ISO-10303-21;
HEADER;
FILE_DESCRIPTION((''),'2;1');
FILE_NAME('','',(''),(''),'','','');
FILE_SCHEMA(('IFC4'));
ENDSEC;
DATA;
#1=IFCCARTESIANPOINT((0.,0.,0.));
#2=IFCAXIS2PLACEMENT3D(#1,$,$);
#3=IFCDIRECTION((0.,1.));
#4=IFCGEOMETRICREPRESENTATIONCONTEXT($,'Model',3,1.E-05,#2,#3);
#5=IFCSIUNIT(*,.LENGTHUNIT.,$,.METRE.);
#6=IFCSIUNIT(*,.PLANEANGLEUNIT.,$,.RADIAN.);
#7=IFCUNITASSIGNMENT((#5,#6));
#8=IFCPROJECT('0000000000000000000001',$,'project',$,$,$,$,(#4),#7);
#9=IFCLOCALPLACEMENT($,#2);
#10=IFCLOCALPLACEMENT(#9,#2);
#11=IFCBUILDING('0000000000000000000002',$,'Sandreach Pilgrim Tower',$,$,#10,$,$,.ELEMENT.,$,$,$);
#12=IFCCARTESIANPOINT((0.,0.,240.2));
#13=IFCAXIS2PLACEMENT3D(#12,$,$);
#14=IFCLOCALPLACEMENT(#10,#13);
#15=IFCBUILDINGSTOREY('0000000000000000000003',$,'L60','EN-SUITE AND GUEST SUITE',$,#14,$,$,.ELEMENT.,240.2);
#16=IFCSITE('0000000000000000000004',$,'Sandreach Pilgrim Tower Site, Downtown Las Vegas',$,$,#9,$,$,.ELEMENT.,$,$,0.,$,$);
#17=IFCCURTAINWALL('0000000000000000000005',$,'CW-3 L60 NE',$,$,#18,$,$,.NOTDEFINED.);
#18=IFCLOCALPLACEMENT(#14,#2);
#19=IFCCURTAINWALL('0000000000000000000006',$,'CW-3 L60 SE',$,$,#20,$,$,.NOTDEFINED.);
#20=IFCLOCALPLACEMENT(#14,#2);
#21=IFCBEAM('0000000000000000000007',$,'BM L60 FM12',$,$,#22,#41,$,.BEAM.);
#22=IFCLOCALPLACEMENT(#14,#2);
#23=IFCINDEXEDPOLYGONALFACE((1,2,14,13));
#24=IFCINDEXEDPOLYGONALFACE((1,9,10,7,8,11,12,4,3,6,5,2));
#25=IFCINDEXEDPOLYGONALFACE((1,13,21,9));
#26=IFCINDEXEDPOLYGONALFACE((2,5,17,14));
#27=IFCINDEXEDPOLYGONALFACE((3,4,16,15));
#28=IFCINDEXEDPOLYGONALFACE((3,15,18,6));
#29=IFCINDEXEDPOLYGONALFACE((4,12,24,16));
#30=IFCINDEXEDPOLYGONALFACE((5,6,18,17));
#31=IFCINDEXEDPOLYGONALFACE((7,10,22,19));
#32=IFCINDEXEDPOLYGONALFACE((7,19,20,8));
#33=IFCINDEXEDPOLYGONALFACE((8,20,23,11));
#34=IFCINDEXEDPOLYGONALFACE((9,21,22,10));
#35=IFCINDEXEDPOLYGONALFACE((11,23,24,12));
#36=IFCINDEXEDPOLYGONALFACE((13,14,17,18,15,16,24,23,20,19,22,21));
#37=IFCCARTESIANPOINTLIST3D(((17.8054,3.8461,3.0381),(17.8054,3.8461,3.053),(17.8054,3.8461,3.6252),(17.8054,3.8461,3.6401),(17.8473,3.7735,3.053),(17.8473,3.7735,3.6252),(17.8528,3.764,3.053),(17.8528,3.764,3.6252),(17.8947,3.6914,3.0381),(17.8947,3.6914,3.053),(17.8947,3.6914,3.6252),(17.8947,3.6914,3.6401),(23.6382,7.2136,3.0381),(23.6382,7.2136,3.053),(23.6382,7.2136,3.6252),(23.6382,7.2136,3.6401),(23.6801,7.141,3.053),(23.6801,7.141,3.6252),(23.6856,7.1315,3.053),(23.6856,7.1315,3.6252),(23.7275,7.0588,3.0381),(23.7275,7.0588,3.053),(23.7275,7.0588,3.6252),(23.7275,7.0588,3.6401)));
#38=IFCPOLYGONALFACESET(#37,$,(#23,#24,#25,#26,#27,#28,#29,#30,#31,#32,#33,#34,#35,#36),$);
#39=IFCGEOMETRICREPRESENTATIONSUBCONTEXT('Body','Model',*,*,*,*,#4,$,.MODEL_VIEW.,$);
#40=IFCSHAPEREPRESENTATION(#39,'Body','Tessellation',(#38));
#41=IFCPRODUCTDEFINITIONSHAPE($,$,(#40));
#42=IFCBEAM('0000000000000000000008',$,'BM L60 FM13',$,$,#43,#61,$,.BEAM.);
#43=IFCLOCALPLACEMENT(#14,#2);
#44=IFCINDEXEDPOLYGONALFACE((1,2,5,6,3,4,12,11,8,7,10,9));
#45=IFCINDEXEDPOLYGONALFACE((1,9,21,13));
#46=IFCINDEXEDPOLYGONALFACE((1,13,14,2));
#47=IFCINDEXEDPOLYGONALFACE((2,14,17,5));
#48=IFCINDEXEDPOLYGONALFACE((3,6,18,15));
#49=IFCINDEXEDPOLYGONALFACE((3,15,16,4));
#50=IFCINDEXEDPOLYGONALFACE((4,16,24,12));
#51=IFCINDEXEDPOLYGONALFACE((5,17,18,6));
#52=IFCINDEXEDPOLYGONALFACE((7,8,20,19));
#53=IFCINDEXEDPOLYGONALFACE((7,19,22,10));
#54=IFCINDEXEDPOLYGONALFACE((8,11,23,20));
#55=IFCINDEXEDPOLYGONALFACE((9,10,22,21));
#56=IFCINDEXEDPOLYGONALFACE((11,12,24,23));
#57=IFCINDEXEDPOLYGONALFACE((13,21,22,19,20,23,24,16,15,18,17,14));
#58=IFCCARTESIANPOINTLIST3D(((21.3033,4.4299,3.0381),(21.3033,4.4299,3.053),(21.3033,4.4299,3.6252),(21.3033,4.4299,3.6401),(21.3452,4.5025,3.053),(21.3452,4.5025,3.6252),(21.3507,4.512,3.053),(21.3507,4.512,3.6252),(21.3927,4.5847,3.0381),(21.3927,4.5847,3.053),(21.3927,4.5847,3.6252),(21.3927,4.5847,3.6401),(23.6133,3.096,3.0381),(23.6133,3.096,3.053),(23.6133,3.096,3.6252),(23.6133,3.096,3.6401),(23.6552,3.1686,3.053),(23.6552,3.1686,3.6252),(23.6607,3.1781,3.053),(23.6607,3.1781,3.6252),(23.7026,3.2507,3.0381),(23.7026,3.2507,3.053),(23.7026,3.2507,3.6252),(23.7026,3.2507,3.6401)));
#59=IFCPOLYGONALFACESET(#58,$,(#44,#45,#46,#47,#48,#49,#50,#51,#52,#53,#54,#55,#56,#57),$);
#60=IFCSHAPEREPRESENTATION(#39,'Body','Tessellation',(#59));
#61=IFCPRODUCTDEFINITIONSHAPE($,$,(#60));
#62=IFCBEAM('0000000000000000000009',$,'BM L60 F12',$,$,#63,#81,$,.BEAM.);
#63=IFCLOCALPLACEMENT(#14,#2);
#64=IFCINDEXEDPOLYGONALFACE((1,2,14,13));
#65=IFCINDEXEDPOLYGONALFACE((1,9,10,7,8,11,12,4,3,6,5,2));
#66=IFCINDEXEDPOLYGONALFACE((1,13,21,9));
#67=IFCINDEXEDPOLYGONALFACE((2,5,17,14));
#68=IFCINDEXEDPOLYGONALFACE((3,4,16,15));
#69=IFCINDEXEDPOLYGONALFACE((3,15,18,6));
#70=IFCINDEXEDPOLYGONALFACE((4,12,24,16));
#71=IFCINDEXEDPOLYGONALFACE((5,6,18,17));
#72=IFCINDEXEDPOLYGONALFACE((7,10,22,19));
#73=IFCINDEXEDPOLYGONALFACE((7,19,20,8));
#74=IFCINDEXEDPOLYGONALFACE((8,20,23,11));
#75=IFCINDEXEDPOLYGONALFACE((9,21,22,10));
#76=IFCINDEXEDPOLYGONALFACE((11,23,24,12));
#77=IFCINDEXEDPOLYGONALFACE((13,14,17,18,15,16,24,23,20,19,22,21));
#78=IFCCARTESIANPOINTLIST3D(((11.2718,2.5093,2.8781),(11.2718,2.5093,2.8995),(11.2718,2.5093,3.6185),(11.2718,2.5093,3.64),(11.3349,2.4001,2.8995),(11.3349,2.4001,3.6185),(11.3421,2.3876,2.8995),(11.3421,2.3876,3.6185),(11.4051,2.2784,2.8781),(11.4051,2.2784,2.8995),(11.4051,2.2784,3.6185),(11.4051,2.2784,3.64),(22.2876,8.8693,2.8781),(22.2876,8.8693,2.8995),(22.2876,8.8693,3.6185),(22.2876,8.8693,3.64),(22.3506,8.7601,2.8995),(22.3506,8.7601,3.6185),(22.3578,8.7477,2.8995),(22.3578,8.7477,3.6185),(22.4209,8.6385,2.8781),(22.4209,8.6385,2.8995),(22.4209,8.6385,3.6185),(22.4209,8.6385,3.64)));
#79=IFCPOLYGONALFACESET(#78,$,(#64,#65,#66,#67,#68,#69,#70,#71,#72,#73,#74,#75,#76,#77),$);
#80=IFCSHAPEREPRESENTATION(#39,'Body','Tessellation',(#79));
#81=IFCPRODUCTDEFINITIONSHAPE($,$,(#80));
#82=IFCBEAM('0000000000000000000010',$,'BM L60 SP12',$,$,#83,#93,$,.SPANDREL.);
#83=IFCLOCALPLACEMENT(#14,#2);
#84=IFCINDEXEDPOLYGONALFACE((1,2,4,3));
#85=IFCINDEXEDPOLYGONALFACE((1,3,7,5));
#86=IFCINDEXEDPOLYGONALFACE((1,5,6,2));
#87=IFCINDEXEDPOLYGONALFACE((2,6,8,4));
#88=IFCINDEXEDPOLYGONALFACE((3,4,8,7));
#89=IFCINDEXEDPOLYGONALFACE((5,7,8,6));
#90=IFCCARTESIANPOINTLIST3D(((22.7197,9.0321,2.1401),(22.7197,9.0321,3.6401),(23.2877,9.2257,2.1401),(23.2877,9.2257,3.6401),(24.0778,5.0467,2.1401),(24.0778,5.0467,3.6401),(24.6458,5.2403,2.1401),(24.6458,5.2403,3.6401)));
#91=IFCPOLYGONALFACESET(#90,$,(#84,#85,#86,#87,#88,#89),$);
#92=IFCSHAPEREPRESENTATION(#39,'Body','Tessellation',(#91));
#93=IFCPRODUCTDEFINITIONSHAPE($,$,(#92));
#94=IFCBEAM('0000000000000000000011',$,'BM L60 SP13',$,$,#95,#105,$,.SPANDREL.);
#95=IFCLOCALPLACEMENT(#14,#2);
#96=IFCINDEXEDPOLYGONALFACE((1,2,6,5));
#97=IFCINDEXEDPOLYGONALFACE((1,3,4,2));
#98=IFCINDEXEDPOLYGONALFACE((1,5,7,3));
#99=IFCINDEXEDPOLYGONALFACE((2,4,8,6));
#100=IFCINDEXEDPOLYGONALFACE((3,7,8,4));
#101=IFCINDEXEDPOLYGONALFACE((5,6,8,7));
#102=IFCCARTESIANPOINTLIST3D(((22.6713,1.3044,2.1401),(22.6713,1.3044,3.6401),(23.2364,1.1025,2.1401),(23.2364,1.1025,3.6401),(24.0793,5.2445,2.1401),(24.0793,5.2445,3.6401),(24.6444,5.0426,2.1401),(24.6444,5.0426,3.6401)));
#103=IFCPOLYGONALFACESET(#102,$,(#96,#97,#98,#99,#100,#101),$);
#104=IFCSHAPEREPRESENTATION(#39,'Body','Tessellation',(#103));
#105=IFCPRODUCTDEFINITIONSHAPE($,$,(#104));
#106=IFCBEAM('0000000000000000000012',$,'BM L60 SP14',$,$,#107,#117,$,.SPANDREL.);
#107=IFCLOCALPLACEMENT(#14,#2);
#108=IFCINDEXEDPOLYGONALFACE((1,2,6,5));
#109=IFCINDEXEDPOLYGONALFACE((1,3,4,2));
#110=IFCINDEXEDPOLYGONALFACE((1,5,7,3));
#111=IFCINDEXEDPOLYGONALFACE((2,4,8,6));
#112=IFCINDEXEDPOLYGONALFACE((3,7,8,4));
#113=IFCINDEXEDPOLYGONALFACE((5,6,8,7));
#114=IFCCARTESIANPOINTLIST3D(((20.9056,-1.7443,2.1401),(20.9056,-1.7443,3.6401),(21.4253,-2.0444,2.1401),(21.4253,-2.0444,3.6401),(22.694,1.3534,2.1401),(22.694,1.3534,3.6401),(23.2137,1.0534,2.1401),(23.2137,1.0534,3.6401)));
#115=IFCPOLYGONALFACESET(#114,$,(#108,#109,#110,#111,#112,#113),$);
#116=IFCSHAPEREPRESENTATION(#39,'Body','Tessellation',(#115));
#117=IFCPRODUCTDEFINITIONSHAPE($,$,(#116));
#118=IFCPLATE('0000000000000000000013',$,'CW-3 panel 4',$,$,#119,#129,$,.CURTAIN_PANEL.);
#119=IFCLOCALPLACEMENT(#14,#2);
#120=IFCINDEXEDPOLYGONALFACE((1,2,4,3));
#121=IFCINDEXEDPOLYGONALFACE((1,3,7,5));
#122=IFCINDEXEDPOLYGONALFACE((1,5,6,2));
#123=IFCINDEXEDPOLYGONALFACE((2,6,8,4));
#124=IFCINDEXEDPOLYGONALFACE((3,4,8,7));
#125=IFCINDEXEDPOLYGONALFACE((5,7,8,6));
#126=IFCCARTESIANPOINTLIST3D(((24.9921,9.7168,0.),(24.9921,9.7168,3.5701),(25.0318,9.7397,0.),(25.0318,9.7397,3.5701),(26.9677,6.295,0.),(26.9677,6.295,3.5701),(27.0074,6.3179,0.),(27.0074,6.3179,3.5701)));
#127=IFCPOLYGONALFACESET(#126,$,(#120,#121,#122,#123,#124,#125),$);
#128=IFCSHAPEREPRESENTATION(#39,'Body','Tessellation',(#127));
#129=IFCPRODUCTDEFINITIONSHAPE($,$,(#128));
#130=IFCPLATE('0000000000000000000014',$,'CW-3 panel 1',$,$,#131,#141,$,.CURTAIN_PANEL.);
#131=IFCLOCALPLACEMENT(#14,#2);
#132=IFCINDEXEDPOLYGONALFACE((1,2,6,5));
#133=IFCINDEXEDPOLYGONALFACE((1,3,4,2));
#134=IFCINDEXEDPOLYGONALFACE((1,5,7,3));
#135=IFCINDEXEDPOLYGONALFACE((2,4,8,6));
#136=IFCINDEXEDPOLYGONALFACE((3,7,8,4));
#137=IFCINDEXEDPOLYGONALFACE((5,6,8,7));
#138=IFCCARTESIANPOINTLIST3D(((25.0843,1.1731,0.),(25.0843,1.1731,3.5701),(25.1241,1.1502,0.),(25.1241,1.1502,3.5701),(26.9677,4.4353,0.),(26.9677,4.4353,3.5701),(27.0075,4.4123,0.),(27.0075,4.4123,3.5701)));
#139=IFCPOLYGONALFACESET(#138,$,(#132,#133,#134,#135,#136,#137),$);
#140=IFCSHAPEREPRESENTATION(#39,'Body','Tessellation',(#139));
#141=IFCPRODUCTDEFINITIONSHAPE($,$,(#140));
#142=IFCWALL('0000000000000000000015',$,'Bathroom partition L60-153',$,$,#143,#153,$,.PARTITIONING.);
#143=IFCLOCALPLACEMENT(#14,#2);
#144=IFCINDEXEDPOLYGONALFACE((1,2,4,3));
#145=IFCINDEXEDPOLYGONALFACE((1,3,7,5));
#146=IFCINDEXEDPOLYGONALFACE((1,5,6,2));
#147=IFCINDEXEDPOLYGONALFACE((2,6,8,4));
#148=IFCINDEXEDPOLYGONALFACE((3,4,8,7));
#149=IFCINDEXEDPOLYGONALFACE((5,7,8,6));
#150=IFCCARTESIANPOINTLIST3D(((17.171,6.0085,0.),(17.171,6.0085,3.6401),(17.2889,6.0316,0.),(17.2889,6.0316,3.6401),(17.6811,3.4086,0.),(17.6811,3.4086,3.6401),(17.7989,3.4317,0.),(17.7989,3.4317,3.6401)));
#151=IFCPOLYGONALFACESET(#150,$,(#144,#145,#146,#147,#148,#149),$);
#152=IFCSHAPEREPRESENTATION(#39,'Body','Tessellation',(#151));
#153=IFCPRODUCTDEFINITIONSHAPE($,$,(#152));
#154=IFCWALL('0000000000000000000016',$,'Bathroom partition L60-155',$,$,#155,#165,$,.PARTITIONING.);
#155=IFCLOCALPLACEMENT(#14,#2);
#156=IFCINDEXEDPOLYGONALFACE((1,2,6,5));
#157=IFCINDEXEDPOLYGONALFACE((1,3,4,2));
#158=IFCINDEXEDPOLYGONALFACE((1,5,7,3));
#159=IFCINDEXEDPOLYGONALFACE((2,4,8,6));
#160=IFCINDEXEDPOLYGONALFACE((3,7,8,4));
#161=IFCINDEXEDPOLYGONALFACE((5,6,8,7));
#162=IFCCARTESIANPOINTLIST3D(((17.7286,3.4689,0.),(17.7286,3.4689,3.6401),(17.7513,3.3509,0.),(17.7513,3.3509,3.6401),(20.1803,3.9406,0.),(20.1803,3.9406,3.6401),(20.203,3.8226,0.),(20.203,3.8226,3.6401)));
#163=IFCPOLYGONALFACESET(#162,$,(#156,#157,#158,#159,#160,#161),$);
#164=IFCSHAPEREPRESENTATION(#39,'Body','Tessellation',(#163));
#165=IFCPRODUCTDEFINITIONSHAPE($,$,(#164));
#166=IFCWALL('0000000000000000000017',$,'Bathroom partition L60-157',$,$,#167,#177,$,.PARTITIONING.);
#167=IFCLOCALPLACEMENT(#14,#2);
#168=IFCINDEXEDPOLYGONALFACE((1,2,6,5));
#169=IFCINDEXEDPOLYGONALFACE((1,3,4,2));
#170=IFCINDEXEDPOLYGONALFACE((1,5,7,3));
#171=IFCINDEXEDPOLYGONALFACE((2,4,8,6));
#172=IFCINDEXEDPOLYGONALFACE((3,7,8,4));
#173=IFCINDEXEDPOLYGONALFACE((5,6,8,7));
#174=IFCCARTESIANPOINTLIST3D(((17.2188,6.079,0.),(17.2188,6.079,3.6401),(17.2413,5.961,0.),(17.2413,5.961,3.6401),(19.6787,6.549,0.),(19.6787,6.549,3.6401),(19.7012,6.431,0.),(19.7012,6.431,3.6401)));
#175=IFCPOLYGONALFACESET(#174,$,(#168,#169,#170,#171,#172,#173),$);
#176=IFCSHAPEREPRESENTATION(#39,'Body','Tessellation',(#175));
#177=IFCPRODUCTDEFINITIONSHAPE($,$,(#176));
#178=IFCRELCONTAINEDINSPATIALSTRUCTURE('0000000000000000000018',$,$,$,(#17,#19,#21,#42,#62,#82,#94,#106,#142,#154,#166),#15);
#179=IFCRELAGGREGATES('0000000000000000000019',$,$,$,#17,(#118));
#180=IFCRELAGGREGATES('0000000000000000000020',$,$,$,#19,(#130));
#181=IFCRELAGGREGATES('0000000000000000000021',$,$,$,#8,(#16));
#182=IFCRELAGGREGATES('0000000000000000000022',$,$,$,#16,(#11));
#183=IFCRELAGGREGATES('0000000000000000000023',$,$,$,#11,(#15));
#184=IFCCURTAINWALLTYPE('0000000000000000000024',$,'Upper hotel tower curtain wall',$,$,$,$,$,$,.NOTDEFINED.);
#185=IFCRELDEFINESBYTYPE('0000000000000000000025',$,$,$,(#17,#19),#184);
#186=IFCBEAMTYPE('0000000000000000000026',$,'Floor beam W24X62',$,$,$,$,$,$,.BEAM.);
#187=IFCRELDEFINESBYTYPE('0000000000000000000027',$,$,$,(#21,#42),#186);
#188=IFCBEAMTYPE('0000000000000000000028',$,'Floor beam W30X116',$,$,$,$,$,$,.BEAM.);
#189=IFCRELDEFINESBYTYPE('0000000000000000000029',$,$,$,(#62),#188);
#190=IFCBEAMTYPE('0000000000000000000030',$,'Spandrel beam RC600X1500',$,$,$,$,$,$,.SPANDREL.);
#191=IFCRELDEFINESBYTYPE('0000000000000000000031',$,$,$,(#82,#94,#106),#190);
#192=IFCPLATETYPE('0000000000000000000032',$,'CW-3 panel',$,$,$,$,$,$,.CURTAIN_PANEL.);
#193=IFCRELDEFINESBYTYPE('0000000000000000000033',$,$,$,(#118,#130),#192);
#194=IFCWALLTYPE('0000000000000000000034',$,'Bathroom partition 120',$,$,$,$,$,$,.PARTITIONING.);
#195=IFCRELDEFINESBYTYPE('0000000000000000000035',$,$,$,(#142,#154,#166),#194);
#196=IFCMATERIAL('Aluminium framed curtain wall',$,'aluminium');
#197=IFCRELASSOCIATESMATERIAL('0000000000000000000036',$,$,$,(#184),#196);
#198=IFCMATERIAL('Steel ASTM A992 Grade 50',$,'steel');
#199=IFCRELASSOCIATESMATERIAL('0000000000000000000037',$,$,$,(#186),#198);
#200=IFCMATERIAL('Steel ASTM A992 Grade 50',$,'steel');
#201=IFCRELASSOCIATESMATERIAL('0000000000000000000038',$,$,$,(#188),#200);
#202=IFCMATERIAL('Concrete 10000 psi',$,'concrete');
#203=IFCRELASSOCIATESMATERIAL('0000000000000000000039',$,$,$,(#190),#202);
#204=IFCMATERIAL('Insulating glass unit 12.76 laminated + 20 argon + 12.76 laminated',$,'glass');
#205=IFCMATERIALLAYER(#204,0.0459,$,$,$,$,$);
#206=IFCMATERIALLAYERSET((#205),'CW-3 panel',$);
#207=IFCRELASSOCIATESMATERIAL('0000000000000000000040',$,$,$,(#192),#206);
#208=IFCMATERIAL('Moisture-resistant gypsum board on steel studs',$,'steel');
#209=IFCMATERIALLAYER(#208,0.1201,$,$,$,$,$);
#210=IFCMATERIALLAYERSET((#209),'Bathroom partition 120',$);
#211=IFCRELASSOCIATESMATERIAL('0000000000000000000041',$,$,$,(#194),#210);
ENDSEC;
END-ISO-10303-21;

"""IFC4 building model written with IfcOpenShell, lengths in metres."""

from ifc_helpers import new_model, si_unit, direction, frame, frame_2d, origin, origin_2d, place, context, subcontext, project, spatial, rectangle, i_section, extrude, material, layer, layer_set, material_profile, profile_set, type_object, element, aggregate, save


model = new_model("IFC4")

# Units and contexts
model_context = context("Model", 3, precision=1e-05, world=origin(), true_north=direction((0.0, 1.0)))
body_context = subcontext(model_context, "Body", "Model", "MODEL_VIEW")
ifc_project = project(units=[si_unit("LENGTHUNIT", "METRE"), si_unit("PLANEANGLEUNIT", "RADIAN")], contexts=[model_context])

# Site, building, storey
site_placement = place(None, origin())
site = spatial("IfcSite", under=ifc_project, at=site_placement, Name="Sandreach Pilgrim Tower Site, Downtown Las Vegas", CompositionType="ELEMENT", RefElevation=0.0)
building_placement = place(site_placement, origin())
building = spatial("IfcBuilding", under=site, at=building_placement, Name="Sandreach Pilgrim Tower", CompositionType="ELEMENT")
storey_placement = place(building_placement, frame((0.0, 0.0, 240.2)))
storey = spatial("IfcBuildingStorey", under=building, at=storey_placement, Name="L60", Description="EN-SUITE AND GUEST SUITE", CompositionType="ELEMENT", Elevation=240.2)

# Curtain wall
ifc_material_1 = material(Name="Aluminium framed curtain wall", Category="aluminium")
curtain_wall_type = type_object("IfcCurtainWallType", Name="Upper hotel tower curtain wall", PredefinedType="NOTDEFINED", material=ifc_material_1)
curtain_wall_1_placement = place(storey_placement, origin())
curtain_wall_1 = element("IfcCurtainWall", 1, at=curtain_wall_1_placement, inside=storey, type_object=curtain_wall_type, Name="CW-3 L60 NE", PredefinedType="NOTDEFINED")

# Curtain wall
curtain_wall_2_placement = place(storey_placement, origin())
curtain_wall_2 = element("IfcCurtainWall", 2, at=curtain_wall_2_placement, inside=storey, type_object=curtain_wall_type, Name="CW-3 L60 SE", PredefinedType="NOTDEFINED")

# Beams
ifc_material_2 = material(Name="Steel ASTM A992 Grade 50", Category="steel")
ifc_material_profile_1 = material_profile(ifc_material_2, i_section(OverallWidth=0.1787, OverallDepth=0.6021, WebThickness=0.011, FlangeThickness=0.0149, at=origin_2d()), Name="W24X62")
ifc_profile_set_1 = profile_set([ifc_material_profile_1], Name="Steel ASTM A992 Grade 50")
beam_type_1 = type_object("IfcBeamType", Name="Floor beam W24X62", PredefinedType="BEAM", material=ifc_profile_set_1)
beam_1_placement = place(storey_placement, frame((23.6829, 7.1362, 3.3391), z_axis=(-0.866033, -0.499987, 0.0), x_axis=(0.499987, -0.866033, 0.0)))
element("IfcBeam", 3, at=beam_1_placement, inside=storey, type_object=beam_type_1, Name="BM L60 FM12", PredefinedType="BEAM", context=body_context, shape_type="SweptSolid", body=[
    extrude(i_section(OverallWidth=0.1787, OverallDepth=0.6021, WebThickness=0.011, FlangeThickness=0.0149, at=origin_2d()), origin(), (0.0, 0.0, 1.0), 6.7351),
])
beam_2_placement = place(storey_placement, frame((23.658, 3.1733, 3.3391), z_axis=(-0.865981, 0.500076, 0.0), x_axis=(-0.500076, -0.865981, 0.0)))
element("IfcBeam", 4, at=beam_2_placement, inside=storey, type_object=beam_type_1, Name="BM L60 FM13", PredefinedType="BEAM", context=body_context, shape_type="SweptSolid", body=[
    extrude(i_section(OverallWidth=0.1787, OverallDepth=0.6021, WebThickness=0.011, FlangeThickness=0.0149, at=origin_2d()), origin(), (0.0, 0.0, 1.0), 2.6675),
])
ifc_material_3 = material(Name="Steel ASTM A992 Grade 50", Category="steel")
ifc_material_profile_2 = material_profile(ifc_material_3, i_section(OverallWidth=0.2666, OverallDepth=0.762, WebThickness=0.0144, FlangeThickness=0.0215, at=origin_2d()), Name="W30X116")
ifc_profile_set_2 = profile_set([ifc_material_profile_2], Name="Steel ASTM A992 Grade 50")
beam_type_2 = type_object("IfcBeamType", Name="Floor beam W30X116", PredefinedType="BEAM", material=ifc_profile_set_2)
beam_3_placement = place(storey_placement, frame((22.3542, 8.7539, 3.259), z_axis=(-0.866022, -0.500005, 0.0), x_axis=(0.500005, -0.866022, 0.0)))
element("IfcBeam", 5, at=beam_3_placement, inside=storey, type_object=beam_type_2, Name="BM L60 F12", PredefinedType="BEAM", context=body_context, shape_type="SweptSolid", body=[
    extrude(i_section(OverallWidth=0.2666, OverallDepth=0.762, WebThickness=0.0144, FlangeThickness=0.0215, at=origin_2d()), origin(), (0.0, 0.0, 1.0), 12.72),
])
ifc_material_4 = material(Name="Concrete 10000 psi", Category="concrete")
ifc_material_profile_3 = material_profile(ifc_material_4, rectangle(XDim=0.6001, YDim=1.5, at=origin_2d()), Name="RC600X1500")
ifc_profile_set_3 = profile_set([ifc_material_profile_3], Name="Concrete 10000 psi")
beam_type_3 = type_object("IfcBeamType", Name="Spandrel beam RC600X1500", PredefinedType="SPANDREL", material=ifc_profile_set_3)
beam_4_placement = place(storey_placement, frame((23.0037, 9.1289, 2.8901), z_axis=(0.32257, -0.946546, 0.0), x_axis=(0.946546, 0.32257, 0.0)))
element("IfcBeam", 6, at=beam_4_placement, inside=storey, type_object=beam_type_3, Name="BM L60 SP12", PredefinedType="SPANDREL", context=body_context, shape_type="SweptSolid", body=[
    extrude(rectangle(XDim=0.6001, YDim=1.5, at=origin_2d()), origin(), (0.0, 0.0, 1.0), 4.2104),
])
beam_5_placement = place(storey_placement, frame((24.3618, 5.1436, 2.8901), z_axis=(-0.336495, -0.941685, 0.0), x_axis=(0.941685, -0.336495, 0.0)))
element("IfcBeam", 7, at=beam_5_placement, inside=storey, type_object=beam_type_3, Name="BM L60 SP13", PredefinedType="SPANDREL", context=body_context, shape_type="SweptSolid", body=[
    extrude(rectangle(XDim=0.6001, YDim=1.5, at=origin_2d()), origin(), (0.0, 0.0, 1.0), 4.1841),
])
beam_6_placement = place(storey_placement, frame((22.9539, 1.2034, 2.8901), z_axis=(-0.499978, -0.866038, 0.0), x_axis=(0.866038, -0.499978, 0.0)))
element("IfcBeam", 8, at=beam_6_placement, inside=storey, type_object=beam_type_3, Name="BM L60 SP14", PredefinedType="SPANDREL", context=body_context, shape_type="SweptSolid", body=[
    extrude(rectangle(XDim=0.6001, YDim=1.5, at=origin_2d()), origin(), (0.0, 0.0, 1.0), 3.5769),
])

# Plates
ifc_material_5 = material(Name="Insulating glass unit 12.76 laminated + 20 argon + 12.76 laminated", Category="glass")
ifc_layer_1 = layer(ifc_material_5, 0.0459)
ifc_layer_set_1 = layer_set([ifc_layer_1], Name="CW-3 panel")
plate_type = type_object("IfcPlateType", Name="CW-3 panel", PredefinedType="CURTAIN_PANEL", material=ifc_layer_set_1)
plate_1_placement = place(storey_placement, frame((25.9998, 8.0173, 0.0), z_axis=(0.0, 0.0, 1.0), x_axis=(0.5, -0.866025, 0.0)))
plate_1 = element("IfcPlate", 9, at=plate_1_placement, type_object=plate_type, Name="CW-3 panel 4", PredefinedType="CURTAIN_PANEL", context=body_context, shape_type="SweptSolid", body=[
    extrude(rectangle(XDim=3.9512, YDim=0.0459, at=origin_2d()), origin(), (0.0, 0.0, 1.0), 3.5701),
])
aggregate(curtain_wall_1, [plate_1])
plate_2_placement = place(storey_placement, frame((26.0459, 2.7927, 0.0), z_axis=(0.0, 0.0, 1.0), x_axis=(-0.5, -0.866025, 0.0)))
plate_2 = element("IfcPlate", 10, at=plate_2_placement, type_object=plate_type, Name="CW-3 panel 1", PredefinedType="CURTAIN_PANEL", context=body_context, shape_type="SweptSolid", body=[
    extrude(rectangle(XDim=3.7668, YDim=0.0459, at=origin_2d()), origin(), (0.0, 0.0, 1.0), 3.5701),
])
aggregate(curtain_wall_2, [plate_2])

# Walls
ifc_material_6 = material(Name="Moisture-resistant gypsum board on steel studs", Category="steel")
ifc_layer_2 = layer(ifc_material_6, 0.1201)
ifc_layer_set_2 = layer_set([ifc_layer_2], Name="Bathroom partition 120")
wall_type_1 = type_object("IfcWallType", Name="Bathroom partition 120", PredefinedType="PARTITIONING", material=ifc_layer_set_2)
wall_1_placement = place(storey_placement, frame((17.23, 6.02, 0.0), z_axis=(0.0, 0.0, 1.0), x_axis=(0.1925, -0.981297, 0.0)))
element("IfcWall", 11, at=wall_1_placement, inside=storey, type_object=wall_type_1, Name="Bathroom partition L60-153", PredefinedType="PARTITIONING", context=body_context, shape_type="SweptSolid", body=[
    extrude(rectangle(XDim=2.6494, YDim=0.1201, at=frame_2d((1.3247, 0.0))), origin(), (0.0, 0.0, 1.0), 3.6401),
])
wall_2_placement = place(storey_placement, frame((17.74, 3.4099, 0.0), z_axis=(0.0, 0.0, 1.0), x_axis=(0.981991, 0.188927, 0.0)))
element("IfcWall", 12, at=wall_2_placement, inside=storey, type_object=wall_type_1, Name="Bathroom partition L60-155", PredefinedType="PARTITIONING", context=body_context, shape_type="SweptSolid", body=[
    extrude(rectangle(XDim=2.4966, YDim=0.1201, at=frame_2d((1.2483, 0.0))), origin(), (0.0, 0.0, 1.0), 3.6401),
])
wall_3_placement = place(storey_placement, frame((19.6899, 6.49, 0.0), z_axis=(0.0, 0.0, 1.0), x_axis=(-0.982235, -0.187654, 0.0)))
element("IfcWall", 13, at=wall_3_placement, inside=storey, type_object=wall_type_1, Name="Bathroom partition L60-157", PredefinedType="PARTITIONING", context=body_context, shape_type="SweptSolid", body=[
    extrude(rectangle(XDim=2.5044, YDim=0.1201, at=frame_2d((1.2522, 0.0))), origin(), (0.0, 0.0, 1.0), 3.6401),
])

save(model, "model.ifc")
